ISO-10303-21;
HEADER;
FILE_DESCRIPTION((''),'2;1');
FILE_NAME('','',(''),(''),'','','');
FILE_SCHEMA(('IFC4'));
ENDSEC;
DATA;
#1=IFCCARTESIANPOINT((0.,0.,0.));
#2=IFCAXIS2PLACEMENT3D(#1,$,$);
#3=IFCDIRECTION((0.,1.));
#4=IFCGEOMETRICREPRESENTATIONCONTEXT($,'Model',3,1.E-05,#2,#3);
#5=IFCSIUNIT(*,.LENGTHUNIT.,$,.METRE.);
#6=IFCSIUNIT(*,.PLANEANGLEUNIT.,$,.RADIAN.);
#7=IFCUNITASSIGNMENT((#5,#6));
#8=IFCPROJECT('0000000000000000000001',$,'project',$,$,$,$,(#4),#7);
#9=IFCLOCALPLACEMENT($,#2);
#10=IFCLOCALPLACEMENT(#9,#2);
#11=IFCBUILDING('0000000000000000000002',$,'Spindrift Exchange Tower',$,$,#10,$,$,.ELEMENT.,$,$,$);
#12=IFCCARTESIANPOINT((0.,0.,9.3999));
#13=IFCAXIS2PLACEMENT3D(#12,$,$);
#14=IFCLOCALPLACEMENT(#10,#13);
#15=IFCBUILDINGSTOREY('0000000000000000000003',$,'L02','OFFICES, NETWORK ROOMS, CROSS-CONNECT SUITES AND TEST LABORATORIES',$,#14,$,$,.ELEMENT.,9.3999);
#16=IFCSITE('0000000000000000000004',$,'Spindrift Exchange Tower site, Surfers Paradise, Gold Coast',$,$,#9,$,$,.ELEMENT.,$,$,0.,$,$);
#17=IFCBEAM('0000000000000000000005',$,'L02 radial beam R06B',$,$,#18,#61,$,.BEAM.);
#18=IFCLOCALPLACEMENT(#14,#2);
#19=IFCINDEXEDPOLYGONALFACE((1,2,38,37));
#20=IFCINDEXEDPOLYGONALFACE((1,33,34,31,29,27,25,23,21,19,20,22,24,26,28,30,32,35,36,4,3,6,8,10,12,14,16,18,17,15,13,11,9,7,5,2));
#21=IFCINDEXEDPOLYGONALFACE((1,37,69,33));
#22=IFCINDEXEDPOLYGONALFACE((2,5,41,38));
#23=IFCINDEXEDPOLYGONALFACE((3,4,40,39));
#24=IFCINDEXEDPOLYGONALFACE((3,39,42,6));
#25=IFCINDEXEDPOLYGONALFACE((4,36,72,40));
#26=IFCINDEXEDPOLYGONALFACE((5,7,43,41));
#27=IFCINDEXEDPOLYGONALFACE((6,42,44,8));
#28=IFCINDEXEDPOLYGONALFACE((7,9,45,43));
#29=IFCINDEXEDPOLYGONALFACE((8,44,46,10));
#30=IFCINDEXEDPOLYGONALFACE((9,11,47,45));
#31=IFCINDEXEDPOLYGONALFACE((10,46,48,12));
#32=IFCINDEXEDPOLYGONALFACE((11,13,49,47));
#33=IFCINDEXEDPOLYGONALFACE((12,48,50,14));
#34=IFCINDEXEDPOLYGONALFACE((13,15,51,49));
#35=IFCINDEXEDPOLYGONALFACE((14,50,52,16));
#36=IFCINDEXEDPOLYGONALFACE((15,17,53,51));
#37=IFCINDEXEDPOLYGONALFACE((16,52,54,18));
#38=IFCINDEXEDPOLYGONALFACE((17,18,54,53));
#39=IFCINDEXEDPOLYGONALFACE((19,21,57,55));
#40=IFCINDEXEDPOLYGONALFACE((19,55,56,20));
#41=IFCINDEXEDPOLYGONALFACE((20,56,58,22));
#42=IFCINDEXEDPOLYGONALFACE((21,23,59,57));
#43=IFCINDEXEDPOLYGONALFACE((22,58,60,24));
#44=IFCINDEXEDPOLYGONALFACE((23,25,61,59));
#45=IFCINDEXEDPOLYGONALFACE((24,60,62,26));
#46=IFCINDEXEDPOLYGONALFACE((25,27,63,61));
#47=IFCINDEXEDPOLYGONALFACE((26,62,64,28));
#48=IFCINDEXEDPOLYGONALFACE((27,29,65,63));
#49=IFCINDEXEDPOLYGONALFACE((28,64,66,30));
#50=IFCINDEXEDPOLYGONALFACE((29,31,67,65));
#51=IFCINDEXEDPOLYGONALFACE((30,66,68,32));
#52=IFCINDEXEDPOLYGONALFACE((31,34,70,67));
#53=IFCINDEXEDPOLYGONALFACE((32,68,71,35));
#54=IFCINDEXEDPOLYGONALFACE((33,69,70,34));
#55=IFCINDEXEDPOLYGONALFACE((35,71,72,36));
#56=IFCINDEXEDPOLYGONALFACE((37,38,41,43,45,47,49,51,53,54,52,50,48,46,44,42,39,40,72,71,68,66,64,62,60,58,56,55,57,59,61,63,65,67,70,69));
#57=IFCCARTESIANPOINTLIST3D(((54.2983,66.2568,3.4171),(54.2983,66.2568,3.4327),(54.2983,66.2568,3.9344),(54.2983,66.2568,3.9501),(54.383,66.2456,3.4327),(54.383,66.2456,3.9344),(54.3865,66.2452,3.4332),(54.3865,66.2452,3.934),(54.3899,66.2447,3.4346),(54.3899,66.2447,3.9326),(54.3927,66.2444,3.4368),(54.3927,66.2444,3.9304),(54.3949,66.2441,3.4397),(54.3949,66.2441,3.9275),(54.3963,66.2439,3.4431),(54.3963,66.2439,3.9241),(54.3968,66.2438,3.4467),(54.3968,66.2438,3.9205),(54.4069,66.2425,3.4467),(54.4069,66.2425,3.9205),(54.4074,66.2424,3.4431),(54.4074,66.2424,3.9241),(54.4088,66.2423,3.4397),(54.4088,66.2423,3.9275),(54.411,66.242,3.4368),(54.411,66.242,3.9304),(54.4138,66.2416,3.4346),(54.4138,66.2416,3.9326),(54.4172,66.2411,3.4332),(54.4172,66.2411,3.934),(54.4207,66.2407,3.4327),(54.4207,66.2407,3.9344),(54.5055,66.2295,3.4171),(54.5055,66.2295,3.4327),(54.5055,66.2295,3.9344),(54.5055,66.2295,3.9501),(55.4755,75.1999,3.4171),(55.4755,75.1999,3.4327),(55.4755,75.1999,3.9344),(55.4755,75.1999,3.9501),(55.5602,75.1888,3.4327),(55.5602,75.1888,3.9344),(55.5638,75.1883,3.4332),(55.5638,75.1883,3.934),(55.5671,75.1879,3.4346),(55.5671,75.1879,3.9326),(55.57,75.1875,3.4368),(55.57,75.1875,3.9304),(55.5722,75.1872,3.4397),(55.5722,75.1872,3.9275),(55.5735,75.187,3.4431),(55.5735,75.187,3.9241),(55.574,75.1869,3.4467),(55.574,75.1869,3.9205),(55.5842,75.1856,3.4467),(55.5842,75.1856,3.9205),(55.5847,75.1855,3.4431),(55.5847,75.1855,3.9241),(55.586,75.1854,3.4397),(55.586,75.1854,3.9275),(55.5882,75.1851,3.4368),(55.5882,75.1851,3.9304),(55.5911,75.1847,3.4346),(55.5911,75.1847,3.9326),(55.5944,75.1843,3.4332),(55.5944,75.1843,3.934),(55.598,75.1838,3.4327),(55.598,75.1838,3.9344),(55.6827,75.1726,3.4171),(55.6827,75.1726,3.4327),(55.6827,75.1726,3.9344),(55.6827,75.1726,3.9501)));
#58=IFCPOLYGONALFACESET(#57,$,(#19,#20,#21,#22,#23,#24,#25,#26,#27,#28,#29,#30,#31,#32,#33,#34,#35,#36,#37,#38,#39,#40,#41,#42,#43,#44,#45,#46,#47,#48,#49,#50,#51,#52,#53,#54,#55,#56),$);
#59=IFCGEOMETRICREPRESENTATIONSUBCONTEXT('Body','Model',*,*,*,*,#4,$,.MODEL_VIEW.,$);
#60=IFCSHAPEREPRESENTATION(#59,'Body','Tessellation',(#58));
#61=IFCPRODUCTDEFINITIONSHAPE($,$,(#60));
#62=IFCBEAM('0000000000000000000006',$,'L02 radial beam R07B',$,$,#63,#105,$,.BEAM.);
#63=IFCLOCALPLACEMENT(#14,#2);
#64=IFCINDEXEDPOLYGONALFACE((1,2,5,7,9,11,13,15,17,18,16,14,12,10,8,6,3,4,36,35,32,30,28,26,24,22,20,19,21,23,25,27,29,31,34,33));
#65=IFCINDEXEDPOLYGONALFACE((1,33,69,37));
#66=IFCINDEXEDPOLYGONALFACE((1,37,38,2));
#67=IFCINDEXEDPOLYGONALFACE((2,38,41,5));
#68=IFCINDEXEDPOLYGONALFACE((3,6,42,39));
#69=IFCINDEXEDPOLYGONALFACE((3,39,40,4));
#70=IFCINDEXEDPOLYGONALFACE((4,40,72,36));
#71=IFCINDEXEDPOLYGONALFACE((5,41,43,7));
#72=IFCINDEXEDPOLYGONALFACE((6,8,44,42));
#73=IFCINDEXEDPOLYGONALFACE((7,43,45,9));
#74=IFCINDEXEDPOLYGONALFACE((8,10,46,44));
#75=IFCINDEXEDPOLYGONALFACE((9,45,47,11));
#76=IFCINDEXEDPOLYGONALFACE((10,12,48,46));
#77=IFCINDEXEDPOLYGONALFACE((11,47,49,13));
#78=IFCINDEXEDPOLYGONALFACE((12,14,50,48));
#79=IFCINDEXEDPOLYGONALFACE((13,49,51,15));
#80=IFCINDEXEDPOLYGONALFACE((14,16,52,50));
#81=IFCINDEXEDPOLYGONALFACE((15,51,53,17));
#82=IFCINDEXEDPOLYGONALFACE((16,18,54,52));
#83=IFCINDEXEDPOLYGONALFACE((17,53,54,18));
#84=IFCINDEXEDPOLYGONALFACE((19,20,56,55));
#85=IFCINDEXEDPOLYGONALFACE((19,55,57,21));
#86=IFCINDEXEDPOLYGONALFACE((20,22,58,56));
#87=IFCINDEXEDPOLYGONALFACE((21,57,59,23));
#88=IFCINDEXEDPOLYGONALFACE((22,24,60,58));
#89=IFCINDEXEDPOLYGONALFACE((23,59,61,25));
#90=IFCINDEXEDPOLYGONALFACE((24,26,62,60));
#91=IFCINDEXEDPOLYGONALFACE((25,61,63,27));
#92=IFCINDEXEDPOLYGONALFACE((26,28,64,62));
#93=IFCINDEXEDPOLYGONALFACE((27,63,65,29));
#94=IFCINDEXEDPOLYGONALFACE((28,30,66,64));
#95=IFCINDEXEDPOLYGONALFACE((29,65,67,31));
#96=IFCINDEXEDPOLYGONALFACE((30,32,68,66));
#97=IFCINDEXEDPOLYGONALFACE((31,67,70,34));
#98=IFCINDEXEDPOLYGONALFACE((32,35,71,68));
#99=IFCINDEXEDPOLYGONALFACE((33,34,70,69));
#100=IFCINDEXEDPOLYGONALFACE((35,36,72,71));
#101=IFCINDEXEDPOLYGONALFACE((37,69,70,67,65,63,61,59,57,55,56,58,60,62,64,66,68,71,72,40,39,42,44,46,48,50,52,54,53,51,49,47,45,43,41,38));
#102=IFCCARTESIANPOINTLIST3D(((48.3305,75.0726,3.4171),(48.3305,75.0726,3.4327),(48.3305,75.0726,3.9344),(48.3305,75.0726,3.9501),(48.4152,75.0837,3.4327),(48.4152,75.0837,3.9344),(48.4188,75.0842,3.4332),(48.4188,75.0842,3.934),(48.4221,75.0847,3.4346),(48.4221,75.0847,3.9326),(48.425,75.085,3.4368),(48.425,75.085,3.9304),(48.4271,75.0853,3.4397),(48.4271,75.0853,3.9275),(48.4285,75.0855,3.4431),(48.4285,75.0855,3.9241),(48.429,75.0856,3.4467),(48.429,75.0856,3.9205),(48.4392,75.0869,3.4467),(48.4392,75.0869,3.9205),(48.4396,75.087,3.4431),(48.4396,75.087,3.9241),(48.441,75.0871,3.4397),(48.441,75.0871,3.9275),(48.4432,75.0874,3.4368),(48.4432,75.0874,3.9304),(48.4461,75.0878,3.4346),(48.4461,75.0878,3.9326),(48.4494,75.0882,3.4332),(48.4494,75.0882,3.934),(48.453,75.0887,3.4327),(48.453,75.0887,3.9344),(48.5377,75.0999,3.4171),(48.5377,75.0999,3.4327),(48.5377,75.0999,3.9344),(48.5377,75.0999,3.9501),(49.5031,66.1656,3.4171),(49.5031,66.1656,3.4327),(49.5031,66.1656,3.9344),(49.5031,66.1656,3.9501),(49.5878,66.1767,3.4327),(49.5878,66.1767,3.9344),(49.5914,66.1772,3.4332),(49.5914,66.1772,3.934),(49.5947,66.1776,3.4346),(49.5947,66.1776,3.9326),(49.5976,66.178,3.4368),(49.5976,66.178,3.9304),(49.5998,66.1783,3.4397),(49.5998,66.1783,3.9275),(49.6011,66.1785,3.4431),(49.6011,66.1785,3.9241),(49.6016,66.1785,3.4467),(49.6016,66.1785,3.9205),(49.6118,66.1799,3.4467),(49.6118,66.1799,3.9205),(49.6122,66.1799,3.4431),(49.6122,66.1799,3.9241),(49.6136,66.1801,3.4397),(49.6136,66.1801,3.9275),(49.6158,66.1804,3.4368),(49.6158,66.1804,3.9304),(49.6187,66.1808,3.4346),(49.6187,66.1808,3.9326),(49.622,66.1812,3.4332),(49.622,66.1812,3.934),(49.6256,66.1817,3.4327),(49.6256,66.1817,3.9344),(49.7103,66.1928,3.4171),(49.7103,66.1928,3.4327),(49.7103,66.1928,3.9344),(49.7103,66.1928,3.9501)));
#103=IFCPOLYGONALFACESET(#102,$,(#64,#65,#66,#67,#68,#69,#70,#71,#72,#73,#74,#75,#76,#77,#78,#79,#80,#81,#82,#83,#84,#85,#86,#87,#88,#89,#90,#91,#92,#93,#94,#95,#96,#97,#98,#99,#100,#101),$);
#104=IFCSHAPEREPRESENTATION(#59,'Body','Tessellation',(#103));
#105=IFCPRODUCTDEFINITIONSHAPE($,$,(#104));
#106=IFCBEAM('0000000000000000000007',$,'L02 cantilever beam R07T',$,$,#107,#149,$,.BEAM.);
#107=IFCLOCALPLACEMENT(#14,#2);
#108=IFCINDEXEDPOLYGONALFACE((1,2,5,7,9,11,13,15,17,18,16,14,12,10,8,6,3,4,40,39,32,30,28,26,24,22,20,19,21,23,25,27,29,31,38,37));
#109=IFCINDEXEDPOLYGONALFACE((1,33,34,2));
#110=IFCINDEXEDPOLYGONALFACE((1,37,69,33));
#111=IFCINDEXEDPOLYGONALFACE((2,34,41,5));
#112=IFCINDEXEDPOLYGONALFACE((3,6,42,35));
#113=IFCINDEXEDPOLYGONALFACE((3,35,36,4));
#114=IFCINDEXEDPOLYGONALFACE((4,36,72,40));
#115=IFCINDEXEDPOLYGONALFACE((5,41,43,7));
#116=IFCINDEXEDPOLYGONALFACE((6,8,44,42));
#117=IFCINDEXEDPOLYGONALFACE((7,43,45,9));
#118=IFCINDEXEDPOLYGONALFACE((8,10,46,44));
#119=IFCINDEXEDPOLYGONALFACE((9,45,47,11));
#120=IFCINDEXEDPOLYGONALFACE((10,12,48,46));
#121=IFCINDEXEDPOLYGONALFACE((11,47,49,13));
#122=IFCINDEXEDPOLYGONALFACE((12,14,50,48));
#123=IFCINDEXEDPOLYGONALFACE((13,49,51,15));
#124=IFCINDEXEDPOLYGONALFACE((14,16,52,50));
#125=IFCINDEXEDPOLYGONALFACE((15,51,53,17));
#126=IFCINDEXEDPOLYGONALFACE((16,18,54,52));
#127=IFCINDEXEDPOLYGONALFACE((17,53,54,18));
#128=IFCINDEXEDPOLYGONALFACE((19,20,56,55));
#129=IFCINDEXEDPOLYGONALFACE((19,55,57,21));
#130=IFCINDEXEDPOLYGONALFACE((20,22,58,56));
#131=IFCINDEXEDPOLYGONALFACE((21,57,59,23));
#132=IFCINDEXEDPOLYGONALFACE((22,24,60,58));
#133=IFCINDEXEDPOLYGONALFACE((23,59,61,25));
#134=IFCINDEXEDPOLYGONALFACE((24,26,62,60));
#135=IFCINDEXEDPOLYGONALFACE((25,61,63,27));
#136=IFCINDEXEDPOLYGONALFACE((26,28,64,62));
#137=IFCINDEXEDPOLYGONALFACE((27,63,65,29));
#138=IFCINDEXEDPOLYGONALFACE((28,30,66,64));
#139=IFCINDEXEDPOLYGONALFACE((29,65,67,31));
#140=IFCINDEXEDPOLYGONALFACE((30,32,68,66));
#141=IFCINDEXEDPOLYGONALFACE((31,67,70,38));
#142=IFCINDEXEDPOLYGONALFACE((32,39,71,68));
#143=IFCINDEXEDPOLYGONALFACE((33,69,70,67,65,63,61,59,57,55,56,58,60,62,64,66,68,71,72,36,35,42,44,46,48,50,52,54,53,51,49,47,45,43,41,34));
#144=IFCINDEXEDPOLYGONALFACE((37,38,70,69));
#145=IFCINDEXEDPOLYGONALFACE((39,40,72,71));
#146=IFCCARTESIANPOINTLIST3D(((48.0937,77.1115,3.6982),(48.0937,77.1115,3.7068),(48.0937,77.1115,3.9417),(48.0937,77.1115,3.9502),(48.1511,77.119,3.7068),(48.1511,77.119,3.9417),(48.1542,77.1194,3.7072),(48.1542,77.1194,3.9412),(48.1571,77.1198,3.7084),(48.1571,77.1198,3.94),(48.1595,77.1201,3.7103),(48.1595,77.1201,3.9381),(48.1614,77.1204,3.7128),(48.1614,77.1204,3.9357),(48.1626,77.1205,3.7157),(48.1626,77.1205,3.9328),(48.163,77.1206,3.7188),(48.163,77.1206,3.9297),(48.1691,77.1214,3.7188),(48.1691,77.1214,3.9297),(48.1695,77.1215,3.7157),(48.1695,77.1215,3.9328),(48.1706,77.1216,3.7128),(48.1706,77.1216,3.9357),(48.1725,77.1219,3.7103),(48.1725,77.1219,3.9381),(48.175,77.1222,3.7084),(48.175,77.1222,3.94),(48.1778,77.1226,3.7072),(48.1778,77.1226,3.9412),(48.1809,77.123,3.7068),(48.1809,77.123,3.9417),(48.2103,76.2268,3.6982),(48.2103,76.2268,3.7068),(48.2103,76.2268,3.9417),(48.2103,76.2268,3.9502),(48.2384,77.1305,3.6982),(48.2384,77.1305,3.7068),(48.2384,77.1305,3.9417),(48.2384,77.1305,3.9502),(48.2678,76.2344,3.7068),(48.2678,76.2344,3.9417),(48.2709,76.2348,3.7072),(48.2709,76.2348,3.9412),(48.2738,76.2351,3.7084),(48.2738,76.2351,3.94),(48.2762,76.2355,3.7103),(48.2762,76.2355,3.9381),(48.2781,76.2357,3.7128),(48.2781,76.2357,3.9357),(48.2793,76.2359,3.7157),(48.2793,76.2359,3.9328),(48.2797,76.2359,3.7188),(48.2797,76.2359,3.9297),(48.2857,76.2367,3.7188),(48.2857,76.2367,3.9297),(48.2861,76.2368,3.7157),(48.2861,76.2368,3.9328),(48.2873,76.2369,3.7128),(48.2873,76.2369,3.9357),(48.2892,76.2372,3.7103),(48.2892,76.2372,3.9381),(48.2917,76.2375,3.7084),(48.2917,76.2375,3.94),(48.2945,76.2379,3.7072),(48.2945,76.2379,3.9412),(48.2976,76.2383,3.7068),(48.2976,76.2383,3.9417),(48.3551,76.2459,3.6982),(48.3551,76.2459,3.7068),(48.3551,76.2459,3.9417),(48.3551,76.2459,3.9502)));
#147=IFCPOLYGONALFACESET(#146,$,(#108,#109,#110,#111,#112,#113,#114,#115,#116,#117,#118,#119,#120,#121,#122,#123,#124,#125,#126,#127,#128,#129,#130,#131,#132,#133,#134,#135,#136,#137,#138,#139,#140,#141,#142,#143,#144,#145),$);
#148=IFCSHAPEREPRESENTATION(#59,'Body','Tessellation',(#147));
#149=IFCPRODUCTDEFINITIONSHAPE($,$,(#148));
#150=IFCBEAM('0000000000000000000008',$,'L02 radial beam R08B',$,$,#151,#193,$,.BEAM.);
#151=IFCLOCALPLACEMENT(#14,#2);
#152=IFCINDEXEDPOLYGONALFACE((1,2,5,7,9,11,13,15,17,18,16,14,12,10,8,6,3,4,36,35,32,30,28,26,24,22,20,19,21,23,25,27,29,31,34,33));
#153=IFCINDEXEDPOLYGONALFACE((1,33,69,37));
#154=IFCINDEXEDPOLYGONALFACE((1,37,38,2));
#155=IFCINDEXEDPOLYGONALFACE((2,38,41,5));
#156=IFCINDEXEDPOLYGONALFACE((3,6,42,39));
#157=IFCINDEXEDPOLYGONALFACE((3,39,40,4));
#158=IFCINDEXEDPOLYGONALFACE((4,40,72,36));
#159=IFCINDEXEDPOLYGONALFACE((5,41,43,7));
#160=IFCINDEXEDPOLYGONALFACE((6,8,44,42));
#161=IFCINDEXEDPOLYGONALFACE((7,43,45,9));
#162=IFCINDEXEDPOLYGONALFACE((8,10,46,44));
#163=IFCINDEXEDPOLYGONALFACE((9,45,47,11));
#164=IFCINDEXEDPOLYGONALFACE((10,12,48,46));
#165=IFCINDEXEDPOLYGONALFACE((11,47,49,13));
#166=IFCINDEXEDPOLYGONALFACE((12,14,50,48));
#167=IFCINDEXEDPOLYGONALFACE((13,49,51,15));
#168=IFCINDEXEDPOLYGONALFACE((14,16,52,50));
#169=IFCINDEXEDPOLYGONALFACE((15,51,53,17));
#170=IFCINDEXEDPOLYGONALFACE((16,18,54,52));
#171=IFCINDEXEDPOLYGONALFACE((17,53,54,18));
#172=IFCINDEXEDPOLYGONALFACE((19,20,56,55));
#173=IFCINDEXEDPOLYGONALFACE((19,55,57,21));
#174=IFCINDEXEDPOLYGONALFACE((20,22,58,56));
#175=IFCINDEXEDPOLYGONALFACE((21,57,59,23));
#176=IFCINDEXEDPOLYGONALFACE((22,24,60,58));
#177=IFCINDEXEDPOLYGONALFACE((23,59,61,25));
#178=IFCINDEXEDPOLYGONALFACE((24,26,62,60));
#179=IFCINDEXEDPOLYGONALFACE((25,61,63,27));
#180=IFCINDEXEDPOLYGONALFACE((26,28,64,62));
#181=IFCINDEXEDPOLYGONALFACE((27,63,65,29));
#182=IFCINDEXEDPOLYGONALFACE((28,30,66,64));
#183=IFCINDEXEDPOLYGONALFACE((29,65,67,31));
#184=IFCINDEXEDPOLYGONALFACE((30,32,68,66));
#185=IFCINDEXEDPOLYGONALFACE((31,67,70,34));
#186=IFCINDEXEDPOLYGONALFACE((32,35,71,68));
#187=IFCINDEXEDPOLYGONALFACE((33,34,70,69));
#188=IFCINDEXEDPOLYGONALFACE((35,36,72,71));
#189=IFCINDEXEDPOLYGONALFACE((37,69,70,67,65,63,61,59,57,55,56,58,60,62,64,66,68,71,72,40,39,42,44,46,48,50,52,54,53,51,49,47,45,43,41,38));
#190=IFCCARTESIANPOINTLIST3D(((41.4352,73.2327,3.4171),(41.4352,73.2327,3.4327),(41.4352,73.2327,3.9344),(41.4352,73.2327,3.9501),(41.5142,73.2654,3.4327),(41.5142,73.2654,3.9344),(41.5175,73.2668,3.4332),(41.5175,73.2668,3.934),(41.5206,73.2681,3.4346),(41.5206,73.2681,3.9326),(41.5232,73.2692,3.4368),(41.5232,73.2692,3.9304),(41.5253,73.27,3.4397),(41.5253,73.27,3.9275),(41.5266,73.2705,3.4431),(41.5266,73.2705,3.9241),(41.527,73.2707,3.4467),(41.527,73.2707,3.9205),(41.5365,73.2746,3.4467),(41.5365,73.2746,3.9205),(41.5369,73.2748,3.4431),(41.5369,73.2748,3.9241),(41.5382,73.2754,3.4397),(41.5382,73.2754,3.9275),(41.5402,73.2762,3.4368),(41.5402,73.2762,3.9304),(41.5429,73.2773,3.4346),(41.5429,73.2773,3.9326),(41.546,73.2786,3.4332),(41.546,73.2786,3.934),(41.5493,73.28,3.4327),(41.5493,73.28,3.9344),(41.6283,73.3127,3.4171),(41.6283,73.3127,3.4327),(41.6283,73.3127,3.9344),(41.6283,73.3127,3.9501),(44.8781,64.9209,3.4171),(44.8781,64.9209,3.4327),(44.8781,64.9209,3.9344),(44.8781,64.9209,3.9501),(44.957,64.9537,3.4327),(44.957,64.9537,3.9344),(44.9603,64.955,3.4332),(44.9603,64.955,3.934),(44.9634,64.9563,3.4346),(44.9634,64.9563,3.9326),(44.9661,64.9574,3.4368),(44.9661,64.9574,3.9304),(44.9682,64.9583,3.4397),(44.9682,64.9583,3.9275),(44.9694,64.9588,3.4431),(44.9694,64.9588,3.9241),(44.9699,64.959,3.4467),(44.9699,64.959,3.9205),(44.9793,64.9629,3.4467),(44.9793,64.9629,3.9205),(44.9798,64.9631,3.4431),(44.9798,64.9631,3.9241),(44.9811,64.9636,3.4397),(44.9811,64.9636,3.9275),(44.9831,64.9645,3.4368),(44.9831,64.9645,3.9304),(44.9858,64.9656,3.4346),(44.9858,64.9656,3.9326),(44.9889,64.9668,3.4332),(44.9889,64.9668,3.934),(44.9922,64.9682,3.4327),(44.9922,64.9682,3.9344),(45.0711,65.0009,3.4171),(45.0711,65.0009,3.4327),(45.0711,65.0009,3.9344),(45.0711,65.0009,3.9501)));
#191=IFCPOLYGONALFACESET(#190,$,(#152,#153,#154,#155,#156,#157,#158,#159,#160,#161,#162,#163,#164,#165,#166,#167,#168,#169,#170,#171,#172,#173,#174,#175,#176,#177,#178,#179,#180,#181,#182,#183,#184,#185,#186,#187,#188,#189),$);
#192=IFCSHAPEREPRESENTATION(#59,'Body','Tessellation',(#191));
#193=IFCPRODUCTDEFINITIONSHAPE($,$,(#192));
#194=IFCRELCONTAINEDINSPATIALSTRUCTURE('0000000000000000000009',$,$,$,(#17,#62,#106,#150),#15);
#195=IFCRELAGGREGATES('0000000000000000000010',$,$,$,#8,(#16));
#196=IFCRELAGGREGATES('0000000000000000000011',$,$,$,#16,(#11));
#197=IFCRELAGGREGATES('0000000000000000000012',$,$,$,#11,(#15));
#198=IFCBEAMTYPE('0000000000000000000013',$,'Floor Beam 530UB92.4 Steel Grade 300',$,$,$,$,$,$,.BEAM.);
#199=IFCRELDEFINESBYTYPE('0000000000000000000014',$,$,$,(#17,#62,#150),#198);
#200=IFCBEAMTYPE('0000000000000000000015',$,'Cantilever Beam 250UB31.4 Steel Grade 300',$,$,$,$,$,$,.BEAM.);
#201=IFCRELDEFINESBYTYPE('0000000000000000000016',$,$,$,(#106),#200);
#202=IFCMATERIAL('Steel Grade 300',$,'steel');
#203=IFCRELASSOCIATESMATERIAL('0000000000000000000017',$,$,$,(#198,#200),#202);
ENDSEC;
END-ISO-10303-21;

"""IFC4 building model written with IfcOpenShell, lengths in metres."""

from ifc_helpers import new_model, si_unit, direction, frame, origin, origin_2d, place, context, subcontext, project, spatial, i_section, extrude, source, transform, mapped, material, material_profile, profile_set, type_object, element, save


model = new_model("IFC4")

# Units and contexts
model_context = context("Model", 3, precision=1e-05, world=origin(), true_north=direction((0.0, 1.0)))
body_context = subcontext(model_context, "Body", "Model", "MODEL_VIEW")
ifc_project = project(units=[si_unit("LENGTHUNIT", "METRE"), si_unit("PLANEANGLEUNIT", "RADIAN")], contexts=[model_context])

# Site, building, storey
site_placement = place(None, origin())
site = spatial("IfcSite", under=ifc_project, at=site_placement, Name="Spindrift Exchange Tower site, Surfers Paradise, Gold Coast", CompositionType="ELEMENT", RefElevation=0.0)
building_placement = place(site_placement, origin())
building = spatial("IfcBuilding", under=site, at=building_placement, Name="Spindrift Exchange Tower", CompositionType="ELEMENT")
storey_placement = place(building_placement, frame((0.0, 0.0, 9.3999)))
storey = spatial("IfcBuildingStorey", under=building, at=storey_placement, Name="L02", Description="OFFICES, NETWORK ROOMS, CROSS-CONNECT SUITES AND TEST LABORATORIES", CompositionType="ELEMENT", Elevation=9.3999)

# Beams
ifc_material_1 = material(Name="Steel Grade 300", Category="steel")
ifc_material_profile_1 = material_profile(ifc_material_1, i_section(OverallWidth=0.209, OverallDepth=0.533, WebThickness=0.0103, FlangeThickness=0.0156, FilletRadius=0.0139, at=origin_2d()), Name="530UB92.4")
ifc_profile_set_1 = profile_set([ifc_material_profile_1], Name="Steel Grade 300")
beam_type_1 = type_object("IfcBeamType", Name="Floor Beam 530UB92.4 Steel Grade 300", PredefinedType="BEAM", material=ifc_profile_set_1)
shared_shape_1 = source(origin(), body_context, "Body", "SweptSolid", [
    extrude(i_section(OverallWidth=0.209, OverallDepth=0.533, WebThickness=0.0103, FlangeThickness=0.0156, FilletRadius=0.0139, at=origin_2d()), origin(), (0.0, 0.0, 1.0), 9.0203),
])
beam_1_placement = place(storey_placement, frame((54.4019, 66.2432, 3.6836), z_axis=(0.130511, 0.991447, 0.0), x_axis=(-0.991447, 0.130511, 0.0)))
element("IfcBeam", 1, at=beam_1_placement, inside=storey, type_object=beam_type_1, Name="L02 radial beam R06B", PredefinedType="BEAM", context=body_context, shape_type="MappedRepresentation", body=[
    mapped(shared_shape_1, transform((0.0, 0.0, 0.0), scale=1.0)),
])
shared_shape_2 = source(origin(), body_context, "Body", "SweptSolid", [
    extrude(i_section(OverallWidth=0.209, OverallDepth=0.533, WebThickness=0.0103, FlangeThickness=0.0156, FilletRadius=0.0139, at=origin_2d()), origin(), (0.0, 0.0, 1.0), 8.9839),
])
beam_2_placement = place(storey_placement, frame((49.6067, 66.1792, 3.6836), z_axis=(-0.130524, 0.991445, 0.0), x_axis=(-0.991445, -0.130524, 0.0)))
element("IfcBeam", 2, at=beam_2_placement, inside=storey, type_object=beam_type_1, Name="L02 radial beam R07B", PredefinedType="BEAM", context=body_context, shape_type="MappedRepresentation", body=[
    mapped(shared_shape_2, transform((0.0, 0.0, 0.0), scale=1.0)),
])
ifc_material_profile_2 = material_profile(ifc_material_1, i_section(OverallWidth=0.146, OverallDepth=0.252, WebThickness=0.0061, FlangeThickness=0.0085, FilletRadius=0.012, at=origin_2d()), Name="250UB31.4")
ifc_profile_set_2 = profile_set([ifc_material_profile_2], Name="Steel Grade 300")
beam_type_2 = type_object("IfcBeamType", Name="Cantilever Beam 250UB31.4 Steel Grade 300", PredefinedType="BEAM", material=ifc_profile_set_2)
shared_shape_3 = source(origin(), body_context, "Body", "SweptSolid", [
    extrude(i_section(OverallWidth=0.146, OverallDepth=0.252, WebThickness=0.0061, FlangeThickness=0.0085, FilletRadius=0.012, at=origin_2d()), origin(), (0.0, 0.0, 1.0), 0.8923),
])
beam_3_placement = place(storey_placement, frame((48.2827, 76.2363, 3.8242), z_axis=(-0.130766, 0.991413, 0.0), x_axis=(-0.991413, -0.130766, 0.0)))
element("IfcBeam", 3, at=beam_3_placement, inside=storey, type_object=beam_type_2, Name="L02 cantilever beam R07T", PredefinedType="BEAM", context=body_context, shape_type="MappedRepresentation", body=[
    mapped(shared_shape_3, transform((0.0, 0.0, 0.0), scale=1.0)),
])
shared_shape_4 = source(origin(), body_context, "Body", "SweptSolid", [
    extrude(i_section(OverallWidth=0.209, OverallDepth=0.533, WebThickness=0.0103, FlangeThickness=0.0156, FilletRadius=0.0139, at=origin_2d()), origin(), (0.0, 0.0, 1.0), 8.9966),
])
beam_4_placement = place(storey_placement, frame((44.9746, 64.9609, 3.6836), z_axis=(-0.382686, 0.923879, 0.0), x_axis=(-0.923879, -0.382686, 0.0)))
element("IfcBeam", 4, at=beam_4_placement, inside=storey, type_object=beam_type_1, Name="L02 radial beam R08B", PredefinedType="BEAM", context=body_context, shape_type="MappedRepresentation", body=[
    mapped(shared_shape_4, transform((0.0, 0.0, 0.0), scale=1.0)),
])

save(model, "model.ifc")
